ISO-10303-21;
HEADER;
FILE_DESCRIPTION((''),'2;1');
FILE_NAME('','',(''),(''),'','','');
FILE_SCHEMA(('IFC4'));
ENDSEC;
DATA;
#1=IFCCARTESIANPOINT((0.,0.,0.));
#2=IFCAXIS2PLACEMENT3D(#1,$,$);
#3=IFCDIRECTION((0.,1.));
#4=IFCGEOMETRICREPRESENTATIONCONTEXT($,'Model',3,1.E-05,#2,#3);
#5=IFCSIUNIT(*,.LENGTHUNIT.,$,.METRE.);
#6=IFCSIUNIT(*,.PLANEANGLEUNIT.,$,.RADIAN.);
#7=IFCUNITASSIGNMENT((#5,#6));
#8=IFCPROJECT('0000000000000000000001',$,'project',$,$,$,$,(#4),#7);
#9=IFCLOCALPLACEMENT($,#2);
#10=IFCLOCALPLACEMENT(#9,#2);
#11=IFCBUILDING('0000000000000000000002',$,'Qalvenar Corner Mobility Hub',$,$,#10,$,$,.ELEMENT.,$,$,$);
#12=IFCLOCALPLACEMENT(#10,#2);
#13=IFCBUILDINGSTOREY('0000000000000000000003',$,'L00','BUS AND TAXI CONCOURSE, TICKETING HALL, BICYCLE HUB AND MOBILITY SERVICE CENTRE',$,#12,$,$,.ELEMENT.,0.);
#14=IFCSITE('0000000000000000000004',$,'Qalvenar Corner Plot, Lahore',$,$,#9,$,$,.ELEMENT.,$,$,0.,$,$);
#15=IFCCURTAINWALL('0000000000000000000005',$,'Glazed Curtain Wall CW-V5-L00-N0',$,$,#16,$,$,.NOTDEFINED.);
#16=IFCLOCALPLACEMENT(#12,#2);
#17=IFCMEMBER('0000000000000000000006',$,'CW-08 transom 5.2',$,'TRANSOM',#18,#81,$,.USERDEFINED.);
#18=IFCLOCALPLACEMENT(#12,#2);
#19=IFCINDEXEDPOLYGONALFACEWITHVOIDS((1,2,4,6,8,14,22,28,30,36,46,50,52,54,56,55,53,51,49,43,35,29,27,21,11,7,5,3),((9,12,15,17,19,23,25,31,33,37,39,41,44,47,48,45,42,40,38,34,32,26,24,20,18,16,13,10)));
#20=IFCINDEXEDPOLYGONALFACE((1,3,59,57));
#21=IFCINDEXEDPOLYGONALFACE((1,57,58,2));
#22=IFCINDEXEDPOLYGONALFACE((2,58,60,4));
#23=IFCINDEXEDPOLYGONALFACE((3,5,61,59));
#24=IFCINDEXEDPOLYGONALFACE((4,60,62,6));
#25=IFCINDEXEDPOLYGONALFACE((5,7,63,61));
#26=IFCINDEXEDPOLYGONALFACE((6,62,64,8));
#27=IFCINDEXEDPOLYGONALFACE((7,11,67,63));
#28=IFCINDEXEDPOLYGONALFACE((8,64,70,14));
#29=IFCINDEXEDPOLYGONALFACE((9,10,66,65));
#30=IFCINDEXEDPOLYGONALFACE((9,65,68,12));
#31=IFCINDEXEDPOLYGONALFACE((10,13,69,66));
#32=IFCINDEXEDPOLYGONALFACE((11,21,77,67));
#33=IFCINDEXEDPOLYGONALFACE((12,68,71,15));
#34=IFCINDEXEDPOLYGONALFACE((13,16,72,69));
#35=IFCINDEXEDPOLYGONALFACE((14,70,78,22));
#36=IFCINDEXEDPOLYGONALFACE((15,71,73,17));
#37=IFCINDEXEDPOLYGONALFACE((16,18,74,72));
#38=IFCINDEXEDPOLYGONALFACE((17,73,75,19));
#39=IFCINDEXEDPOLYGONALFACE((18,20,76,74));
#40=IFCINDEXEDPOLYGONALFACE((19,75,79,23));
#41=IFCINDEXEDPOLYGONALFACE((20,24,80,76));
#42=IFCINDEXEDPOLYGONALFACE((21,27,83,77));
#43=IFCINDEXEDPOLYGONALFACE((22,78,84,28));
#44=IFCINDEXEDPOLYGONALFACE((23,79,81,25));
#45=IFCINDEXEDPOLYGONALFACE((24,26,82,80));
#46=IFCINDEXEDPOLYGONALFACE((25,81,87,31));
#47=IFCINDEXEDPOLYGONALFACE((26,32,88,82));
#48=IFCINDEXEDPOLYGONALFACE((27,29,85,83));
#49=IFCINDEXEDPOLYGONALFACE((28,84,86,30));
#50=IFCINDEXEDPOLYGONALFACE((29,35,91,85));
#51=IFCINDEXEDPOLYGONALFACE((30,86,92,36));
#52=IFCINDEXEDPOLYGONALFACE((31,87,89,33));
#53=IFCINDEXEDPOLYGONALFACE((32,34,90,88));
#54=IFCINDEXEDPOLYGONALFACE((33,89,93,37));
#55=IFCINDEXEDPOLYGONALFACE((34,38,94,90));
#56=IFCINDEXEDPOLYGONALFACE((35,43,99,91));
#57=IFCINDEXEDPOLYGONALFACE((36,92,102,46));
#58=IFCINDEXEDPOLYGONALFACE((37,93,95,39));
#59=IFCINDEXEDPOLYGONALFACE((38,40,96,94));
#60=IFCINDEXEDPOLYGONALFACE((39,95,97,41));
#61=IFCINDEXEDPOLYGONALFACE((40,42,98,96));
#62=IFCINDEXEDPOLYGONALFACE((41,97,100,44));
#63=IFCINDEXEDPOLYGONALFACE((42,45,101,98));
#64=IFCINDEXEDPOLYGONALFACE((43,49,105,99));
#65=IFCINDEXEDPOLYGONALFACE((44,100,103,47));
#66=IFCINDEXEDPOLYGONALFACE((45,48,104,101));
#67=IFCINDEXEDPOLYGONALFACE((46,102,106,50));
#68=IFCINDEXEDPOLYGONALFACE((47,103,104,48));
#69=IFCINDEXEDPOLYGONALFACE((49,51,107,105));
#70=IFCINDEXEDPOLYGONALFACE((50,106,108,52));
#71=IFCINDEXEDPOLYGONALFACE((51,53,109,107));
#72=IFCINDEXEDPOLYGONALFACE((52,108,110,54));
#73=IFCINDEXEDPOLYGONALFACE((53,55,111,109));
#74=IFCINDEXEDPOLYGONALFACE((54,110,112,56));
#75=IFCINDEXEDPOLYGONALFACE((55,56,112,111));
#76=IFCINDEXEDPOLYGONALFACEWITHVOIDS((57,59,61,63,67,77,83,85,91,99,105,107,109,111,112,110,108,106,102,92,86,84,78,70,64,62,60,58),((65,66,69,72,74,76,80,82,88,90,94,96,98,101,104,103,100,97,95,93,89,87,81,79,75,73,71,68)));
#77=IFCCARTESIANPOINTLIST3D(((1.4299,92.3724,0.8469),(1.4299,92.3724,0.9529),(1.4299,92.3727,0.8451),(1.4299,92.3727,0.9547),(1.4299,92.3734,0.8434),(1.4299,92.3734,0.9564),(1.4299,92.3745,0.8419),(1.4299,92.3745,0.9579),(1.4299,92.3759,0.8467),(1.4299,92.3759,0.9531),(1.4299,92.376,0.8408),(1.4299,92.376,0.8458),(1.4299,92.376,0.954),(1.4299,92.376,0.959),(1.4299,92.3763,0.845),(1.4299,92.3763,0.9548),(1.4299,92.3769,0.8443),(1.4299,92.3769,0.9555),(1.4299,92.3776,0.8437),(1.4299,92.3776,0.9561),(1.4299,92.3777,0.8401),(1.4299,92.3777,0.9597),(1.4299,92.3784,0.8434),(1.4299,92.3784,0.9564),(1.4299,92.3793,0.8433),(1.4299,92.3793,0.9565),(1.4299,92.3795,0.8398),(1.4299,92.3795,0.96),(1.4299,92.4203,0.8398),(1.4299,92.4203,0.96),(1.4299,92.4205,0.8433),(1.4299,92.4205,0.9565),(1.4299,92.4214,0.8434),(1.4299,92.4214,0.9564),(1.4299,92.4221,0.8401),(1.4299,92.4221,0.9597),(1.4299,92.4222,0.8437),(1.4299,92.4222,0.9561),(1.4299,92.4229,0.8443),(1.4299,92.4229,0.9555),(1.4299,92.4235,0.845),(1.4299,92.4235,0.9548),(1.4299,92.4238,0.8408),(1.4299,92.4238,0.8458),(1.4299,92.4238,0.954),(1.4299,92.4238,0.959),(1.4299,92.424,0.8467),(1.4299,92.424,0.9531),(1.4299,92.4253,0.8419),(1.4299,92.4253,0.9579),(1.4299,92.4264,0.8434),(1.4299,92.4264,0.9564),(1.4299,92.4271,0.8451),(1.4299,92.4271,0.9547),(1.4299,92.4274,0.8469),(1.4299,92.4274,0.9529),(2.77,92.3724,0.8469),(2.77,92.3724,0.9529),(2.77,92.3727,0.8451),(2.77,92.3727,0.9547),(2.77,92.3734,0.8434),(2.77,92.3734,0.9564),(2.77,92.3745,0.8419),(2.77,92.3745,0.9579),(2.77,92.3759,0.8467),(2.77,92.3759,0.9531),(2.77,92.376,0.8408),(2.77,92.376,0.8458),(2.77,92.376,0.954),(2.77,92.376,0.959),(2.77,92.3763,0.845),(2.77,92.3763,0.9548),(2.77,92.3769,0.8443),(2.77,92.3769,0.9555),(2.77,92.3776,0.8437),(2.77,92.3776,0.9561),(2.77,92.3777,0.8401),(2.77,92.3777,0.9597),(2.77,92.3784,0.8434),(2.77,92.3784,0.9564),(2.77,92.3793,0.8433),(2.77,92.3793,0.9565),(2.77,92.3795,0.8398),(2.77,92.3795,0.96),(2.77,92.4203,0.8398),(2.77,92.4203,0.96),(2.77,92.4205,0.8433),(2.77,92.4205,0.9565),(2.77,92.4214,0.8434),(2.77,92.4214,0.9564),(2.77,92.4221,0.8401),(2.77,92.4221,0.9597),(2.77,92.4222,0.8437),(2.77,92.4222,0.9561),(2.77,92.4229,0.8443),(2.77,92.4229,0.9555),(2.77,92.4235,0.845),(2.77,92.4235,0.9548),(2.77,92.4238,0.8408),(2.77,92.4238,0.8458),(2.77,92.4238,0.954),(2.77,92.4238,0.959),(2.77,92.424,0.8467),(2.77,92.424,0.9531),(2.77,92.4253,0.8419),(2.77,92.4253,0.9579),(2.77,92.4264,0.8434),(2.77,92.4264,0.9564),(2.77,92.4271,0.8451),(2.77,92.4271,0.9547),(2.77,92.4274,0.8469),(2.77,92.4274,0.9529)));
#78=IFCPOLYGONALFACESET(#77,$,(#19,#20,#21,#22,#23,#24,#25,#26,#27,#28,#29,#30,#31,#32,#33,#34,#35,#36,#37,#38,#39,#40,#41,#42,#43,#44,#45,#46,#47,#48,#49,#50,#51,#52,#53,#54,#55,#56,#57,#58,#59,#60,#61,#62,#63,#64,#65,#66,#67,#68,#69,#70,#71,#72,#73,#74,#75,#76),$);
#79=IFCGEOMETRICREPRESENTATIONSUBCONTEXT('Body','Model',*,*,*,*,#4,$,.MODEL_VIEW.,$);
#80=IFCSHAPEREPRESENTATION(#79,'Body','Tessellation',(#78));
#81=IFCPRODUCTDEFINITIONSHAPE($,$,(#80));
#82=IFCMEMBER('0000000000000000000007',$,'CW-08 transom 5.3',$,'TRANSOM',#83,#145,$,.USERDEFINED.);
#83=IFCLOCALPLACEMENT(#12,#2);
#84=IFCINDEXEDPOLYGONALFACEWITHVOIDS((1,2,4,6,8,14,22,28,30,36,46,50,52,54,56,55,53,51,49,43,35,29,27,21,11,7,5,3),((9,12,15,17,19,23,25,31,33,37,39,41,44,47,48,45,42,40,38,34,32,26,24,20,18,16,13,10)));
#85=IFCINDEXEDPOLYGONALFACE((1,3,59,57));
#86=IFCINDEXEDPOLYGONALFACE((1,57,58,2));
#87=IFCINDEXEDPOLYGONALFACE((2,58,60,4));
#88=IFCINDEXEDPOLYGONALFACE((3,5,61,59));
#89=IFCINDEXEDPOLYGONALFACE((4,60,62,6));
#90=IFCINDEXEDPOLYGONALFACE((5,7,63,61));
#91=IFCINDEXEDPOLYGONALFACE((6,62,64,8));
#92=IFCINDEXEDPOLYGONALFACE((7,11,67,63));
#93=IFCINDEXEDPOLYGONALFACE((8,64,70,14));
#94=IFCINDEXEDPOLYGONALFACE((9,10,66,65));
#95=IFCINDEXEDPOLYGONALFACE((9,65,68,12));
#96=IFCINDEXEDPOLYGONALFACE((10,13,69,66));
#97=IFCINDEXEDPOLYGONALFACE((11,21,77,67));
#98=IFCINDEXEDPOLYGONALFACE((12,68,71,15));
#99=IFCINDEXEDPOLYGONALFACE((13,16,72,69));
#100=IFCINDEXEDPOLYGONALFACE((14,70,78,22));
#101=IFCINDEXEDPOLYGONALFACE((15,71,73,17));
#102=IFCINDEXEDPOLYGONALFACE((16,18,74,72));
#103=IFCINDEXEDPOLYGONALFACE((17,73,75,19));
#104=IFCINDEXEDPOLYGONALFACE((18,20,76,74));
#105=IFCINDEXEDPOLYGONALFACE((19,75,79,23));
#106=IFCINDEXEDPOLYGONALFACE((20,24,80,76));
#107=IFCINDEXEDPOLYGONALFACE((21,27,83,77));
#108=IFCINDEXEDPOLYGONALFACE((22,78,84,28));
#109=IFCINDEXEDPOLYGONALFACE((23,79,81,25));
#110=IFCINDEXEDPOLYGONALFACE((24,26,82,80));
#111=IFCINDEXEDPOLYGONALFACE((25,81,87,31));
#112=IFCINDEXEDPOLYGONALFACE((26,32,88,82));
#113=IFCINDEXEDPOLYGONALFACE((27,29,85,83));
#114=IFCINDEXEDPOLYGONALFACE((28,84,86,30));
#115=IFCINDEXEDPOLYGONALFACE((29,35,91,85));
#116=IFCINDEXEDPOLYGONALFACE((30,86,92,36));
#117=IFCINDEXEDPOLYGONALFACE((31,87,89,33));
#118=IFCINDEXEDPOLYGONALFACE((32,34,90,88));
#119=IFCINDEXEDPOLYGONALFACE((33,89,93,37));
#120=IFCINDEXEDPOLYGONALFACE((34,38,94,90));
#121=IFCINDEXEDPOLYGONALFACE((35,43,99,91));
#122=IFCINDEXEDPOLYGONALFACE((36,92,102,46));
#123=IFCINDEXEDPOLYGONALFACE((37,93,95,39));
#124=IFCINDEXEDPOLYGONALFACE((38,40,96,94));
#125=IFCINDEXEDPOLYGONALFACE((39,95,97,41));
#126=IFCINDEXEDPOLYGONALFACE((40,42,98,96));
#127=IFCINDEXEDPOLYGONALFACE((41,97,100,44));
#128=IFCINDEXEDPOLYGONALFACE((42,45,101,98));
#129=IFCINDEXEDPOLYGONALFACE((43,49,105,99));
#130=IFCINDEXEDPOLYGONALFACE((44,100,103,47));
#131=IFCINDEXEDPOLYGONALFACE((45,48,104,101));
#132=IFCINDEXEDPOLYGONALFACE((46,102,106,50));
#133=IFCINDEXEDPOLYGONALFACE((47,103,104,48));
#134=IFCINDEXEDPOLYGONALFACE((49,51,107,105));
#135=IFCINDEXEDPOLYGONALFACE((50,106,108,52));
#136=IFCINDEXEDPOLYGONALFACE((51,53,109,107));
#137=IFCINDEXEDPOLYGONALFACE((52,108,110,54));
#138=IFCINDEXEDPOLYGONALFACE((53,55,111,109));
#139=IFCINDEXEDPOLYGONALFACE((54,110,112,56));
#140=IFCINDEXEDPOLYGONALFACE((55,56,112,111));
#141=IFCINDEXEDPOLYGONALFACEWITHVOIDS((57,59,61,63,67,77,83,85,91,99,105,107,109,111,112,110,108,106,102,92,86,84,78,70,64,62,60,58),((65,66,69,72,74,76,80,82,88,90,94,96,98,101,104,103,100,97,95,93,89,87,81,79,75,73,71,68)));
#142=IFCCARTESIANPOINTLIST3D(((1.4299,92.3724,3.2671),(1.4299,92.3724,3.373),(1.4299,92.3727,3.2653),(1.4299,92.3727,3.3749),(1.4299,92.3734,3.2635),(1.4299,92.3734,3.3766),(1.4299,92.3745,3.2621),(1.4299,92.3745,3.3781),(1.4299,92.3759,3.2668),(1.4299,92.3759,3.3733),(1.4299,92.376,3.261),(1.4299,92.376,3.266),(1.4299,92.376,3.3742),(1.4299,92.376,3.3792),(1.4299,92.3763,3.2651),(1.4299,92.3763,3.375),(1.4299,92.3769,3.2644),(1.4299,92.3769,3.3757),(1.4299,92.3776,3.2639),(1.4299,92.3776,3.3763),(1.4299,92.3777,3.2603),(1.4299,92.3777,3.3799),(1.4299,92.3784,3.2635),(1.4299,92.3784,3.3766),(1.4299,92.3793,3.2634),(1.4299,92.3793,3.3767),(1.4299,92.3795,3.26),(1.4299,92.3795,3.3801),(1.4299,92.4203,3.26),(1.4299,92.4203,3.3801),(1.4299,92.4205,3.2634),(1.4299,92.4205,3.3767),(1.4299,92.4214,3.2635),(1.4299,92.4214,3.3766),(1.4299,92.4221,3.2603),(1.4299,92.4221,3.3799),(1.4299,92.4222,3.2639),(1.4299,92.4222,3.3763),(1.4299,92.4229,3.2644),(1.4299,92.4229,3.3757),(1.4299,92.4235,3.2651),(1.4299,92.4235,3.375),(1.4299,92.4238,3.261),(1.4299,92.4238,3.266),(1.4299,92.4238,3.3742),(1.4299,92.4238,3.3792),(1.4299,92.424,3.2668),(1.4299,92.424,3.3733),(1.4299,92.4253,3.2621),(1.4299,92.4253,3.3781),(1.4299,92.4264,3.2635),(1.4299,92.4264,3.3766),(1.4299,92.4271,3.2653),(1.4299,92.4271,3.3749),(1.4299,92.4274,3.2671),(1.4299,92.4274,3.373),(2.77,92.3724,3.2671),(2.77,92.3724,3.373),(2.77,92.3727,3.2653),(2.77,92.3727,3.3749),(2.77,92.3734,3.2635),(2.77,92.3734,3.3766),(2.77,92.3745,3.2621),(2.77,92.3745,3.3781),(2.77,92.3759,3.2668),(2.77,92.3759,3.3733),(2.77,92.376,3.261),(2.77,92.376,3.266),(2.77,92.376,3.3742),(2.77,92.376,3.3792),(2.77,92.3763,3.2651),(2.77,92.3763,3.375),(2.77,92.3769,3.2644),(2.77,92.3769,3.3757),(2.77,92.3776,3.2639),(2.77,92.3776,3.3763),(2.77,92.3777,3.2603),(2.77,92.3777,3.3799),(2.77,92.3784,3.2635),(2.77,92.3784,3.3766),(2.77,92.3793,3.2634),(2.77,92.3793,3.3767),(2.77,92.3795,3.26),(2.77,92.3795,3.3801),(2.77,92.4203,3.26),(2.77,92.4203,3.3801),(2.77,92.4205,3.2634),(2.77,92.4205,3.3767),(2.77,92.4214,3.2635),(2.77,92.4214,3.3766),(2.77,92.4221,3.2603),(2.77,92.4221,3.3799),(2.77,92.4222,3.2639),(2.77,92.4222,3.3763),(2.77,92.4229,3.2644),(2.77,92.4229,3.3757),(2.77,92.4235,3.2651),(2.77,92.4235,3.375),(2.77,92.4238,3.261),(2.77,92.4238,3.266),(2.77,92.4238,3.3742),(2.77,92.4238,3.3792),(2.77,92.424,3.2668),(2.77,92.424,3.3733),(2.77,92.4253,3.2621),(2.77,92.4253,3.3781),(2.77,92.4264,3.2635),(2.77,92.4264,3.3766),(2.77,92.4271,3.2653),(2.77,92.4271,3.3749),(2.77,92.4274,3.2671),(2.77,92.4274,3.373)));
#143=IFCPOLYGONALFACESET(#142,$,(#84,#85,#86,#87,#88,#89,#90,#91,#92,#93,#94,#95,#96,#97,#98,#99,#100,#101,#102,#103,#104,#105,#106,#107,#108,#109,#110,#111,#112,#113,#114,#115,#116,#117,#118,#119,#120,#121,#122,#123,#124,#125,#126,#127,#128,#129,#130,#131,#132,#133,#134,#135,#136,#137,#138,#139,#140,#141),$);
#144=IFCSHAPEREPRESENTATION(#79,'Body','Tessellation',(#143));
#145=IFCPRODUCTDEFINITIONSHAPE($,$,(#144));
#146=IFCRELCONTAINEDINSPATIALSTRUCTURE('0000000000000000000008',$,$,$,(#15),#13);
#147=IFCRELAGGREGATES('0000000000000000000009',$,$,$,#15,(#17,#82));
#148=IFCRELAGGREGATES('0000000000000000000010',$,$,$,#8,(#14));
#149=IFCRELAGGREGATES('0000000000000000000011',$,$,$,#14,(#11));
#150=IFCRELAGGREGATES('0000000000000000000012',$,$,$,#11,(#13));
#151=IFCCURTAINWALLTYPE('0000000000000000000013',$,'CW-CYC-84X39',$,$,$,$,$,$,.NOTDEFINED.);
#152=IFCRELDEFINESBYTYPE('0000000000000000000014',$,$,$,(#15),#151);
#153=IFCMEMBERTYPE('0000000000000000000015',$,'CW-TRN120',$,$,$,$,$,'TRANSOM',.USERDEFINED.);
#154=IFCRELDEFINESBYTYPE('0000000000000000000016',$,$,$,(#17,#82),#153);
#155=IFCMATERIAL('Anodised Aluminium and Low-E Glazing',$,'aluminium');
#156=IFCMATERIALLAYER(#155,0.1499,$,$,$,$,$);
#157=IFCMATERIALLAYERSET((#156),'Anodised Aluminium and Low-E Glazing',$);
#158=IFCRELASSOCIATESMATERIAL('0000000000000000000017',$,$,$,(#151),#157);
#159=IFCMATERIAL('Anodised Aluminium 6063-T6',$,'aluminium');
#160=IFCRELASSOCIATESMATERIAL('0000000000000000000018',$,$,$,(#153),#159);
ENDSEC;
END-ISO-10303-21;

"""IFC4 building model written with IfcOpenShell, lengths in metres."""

from ifc_helpers import new_model, si_unit, direction, frame, origin, origin_2d, place, context, subcontext, project, spatial, hollow_rectangle, extrude, material, layer, layer_set, material_profile, profile_set, type_object, element, aggregate, save


model = new_model("IFC4")

# Units and contexts
model_context = context("Model", 3, precision=1e-05, world=origin(), true_north=direction((0.0, 1.0)))
body_context = subcontext(model_context, "Body", "Model", "MODEL_VIEW")
ifc_project = project(units=[si_unit("LENGTHUNIT", "METRE"), si_unit("PLANEANGLEUNIT", "RADIAN")], contexts=[model_context])

# Site, building, storey
site_placement = place(None, origin())
site = spatial("IfcSite", under=ifc_project, at=site_placement, Name="Qalvenar Corner Plot, Lahore", CompositionType="ELEMENT", RefElevation=0.0)
building_placement = place(site_placement, origin())
building = spatial("IfcBuilding", under=site, at=building_placement, Name="Qalvenar Corner Mobility Hub", CompositionType="ELEMENT")
storey_placement = place(building_placement, origin())
storey = spatial("IfcBuildingStorey", under=building, at=storey_placement, Name="L00", Description="BUS AND TAXI CONCOURSE, TICKETING HALL, BICYCLE HUB AND MOBILITY SERVICE CENTRE", CompositionType="ELEMENT", Elevation=0.0)

# Curtain wall, members
ifc_material_1 = material(Name="Anodised Aluminium and Low-E Glazing", Category="aluminium")
ifc_layer_1 = layer(ifc_material_1, 0.1499)
ifc_layer_set_1 = layer_set([ifc_layer_1], Name="Anodised Aluminium and Low-E Glazing")
curtain_wall_type = type_object("IfcCurtainWallType", Name="CW-CYC-84X39", PredefinedType="NOTDEFINED", material=ifc_layer_set_1)
curtain_wall_placement = place(storey_placement, origin())
curtain_wall = element("IfcCurtainWall", 1, at=curtain_wall_placement, inside=storey, type_object=curtain_wall_type, Name="Glazed Curtain Wall CW-V5-L00-N0", PredefinedType="NOTDEFINED")
ifc_material_2 = material(Name="Anodised Aluminium 6063-T6", Category="aluminium")
ifc_material_profile_1 = material_profile(ifc_material_2, hollow_rectangle(XDim=0.0549, YDim=0.1201, WallThickness=0.0034, InnerFilletRadius=0.0034, OuterFilletRadius=0.0071, at=origin_2d()), Name="RHS120x55x3.5")
ifc_profile_set_1 = profile_set([ifc_material_profile_1], Name="Anodised Aluminium 6063-T6")
member_type_1 = type_object("IfcMemberType", Name="CW-TRN120", ElementType="TRANSOM", PredefinedType="USERDEFINED", material=ifc_profile_set_1)
member_1_placement = place(storey_placement, frame((2.77, 92.3999, 0.8999), z_axis=(-1.0, 0.0, 0.0), x_axis=(0.0, -1.0, 0.0)))
member_1 = element("IfcMember", 2, at=member_1_placement, type_object=member_type_1, Name="CW-08 transom 5.2", ObjectType="TRANSOM", PredefinedType="USERDEFINED", context=body_context, shape_type="SweptSolid", body=[
    extrude(hollow_rectangle(XDim=0.0549, YDim=0.1201, WallThickness=0.0034, InnerFilletRadius=0.0034, OuterFilletRadius=0.0071, at=origin_2d()), origin(), (0.0, 0.0, 1.0), 1.3401),
])
member_2_placement = place(storey_placement, frame((2.77, 92.3999, 3.3201), z_axis=(-1.0, 0.0, 0.0), x_axis=(0.0, -1.0, 0.0)))
member_2 = element("IfcMember", 3, at=member_2_placement, type_object=member_type_1, Name="CW-08 transom 5.3", ObjectType="TRANSOM", PredefinedType="USERDEFINED", context=body_context, shape_type="SweptSolid", body=[
    extrude(hollow_rectangle(XDim=0.0549, YDim=0.1201, WallThickness=0.0034, InnerFilletRadius=0.0034, OuterFilletRadius=0.0071, at=origin_2d()), origin(), (0.0, 0.0, 1.0), 1.3401),
])
aggregate(curtain_wall, [member_1, member_2])

save(model, "model.ifc")
